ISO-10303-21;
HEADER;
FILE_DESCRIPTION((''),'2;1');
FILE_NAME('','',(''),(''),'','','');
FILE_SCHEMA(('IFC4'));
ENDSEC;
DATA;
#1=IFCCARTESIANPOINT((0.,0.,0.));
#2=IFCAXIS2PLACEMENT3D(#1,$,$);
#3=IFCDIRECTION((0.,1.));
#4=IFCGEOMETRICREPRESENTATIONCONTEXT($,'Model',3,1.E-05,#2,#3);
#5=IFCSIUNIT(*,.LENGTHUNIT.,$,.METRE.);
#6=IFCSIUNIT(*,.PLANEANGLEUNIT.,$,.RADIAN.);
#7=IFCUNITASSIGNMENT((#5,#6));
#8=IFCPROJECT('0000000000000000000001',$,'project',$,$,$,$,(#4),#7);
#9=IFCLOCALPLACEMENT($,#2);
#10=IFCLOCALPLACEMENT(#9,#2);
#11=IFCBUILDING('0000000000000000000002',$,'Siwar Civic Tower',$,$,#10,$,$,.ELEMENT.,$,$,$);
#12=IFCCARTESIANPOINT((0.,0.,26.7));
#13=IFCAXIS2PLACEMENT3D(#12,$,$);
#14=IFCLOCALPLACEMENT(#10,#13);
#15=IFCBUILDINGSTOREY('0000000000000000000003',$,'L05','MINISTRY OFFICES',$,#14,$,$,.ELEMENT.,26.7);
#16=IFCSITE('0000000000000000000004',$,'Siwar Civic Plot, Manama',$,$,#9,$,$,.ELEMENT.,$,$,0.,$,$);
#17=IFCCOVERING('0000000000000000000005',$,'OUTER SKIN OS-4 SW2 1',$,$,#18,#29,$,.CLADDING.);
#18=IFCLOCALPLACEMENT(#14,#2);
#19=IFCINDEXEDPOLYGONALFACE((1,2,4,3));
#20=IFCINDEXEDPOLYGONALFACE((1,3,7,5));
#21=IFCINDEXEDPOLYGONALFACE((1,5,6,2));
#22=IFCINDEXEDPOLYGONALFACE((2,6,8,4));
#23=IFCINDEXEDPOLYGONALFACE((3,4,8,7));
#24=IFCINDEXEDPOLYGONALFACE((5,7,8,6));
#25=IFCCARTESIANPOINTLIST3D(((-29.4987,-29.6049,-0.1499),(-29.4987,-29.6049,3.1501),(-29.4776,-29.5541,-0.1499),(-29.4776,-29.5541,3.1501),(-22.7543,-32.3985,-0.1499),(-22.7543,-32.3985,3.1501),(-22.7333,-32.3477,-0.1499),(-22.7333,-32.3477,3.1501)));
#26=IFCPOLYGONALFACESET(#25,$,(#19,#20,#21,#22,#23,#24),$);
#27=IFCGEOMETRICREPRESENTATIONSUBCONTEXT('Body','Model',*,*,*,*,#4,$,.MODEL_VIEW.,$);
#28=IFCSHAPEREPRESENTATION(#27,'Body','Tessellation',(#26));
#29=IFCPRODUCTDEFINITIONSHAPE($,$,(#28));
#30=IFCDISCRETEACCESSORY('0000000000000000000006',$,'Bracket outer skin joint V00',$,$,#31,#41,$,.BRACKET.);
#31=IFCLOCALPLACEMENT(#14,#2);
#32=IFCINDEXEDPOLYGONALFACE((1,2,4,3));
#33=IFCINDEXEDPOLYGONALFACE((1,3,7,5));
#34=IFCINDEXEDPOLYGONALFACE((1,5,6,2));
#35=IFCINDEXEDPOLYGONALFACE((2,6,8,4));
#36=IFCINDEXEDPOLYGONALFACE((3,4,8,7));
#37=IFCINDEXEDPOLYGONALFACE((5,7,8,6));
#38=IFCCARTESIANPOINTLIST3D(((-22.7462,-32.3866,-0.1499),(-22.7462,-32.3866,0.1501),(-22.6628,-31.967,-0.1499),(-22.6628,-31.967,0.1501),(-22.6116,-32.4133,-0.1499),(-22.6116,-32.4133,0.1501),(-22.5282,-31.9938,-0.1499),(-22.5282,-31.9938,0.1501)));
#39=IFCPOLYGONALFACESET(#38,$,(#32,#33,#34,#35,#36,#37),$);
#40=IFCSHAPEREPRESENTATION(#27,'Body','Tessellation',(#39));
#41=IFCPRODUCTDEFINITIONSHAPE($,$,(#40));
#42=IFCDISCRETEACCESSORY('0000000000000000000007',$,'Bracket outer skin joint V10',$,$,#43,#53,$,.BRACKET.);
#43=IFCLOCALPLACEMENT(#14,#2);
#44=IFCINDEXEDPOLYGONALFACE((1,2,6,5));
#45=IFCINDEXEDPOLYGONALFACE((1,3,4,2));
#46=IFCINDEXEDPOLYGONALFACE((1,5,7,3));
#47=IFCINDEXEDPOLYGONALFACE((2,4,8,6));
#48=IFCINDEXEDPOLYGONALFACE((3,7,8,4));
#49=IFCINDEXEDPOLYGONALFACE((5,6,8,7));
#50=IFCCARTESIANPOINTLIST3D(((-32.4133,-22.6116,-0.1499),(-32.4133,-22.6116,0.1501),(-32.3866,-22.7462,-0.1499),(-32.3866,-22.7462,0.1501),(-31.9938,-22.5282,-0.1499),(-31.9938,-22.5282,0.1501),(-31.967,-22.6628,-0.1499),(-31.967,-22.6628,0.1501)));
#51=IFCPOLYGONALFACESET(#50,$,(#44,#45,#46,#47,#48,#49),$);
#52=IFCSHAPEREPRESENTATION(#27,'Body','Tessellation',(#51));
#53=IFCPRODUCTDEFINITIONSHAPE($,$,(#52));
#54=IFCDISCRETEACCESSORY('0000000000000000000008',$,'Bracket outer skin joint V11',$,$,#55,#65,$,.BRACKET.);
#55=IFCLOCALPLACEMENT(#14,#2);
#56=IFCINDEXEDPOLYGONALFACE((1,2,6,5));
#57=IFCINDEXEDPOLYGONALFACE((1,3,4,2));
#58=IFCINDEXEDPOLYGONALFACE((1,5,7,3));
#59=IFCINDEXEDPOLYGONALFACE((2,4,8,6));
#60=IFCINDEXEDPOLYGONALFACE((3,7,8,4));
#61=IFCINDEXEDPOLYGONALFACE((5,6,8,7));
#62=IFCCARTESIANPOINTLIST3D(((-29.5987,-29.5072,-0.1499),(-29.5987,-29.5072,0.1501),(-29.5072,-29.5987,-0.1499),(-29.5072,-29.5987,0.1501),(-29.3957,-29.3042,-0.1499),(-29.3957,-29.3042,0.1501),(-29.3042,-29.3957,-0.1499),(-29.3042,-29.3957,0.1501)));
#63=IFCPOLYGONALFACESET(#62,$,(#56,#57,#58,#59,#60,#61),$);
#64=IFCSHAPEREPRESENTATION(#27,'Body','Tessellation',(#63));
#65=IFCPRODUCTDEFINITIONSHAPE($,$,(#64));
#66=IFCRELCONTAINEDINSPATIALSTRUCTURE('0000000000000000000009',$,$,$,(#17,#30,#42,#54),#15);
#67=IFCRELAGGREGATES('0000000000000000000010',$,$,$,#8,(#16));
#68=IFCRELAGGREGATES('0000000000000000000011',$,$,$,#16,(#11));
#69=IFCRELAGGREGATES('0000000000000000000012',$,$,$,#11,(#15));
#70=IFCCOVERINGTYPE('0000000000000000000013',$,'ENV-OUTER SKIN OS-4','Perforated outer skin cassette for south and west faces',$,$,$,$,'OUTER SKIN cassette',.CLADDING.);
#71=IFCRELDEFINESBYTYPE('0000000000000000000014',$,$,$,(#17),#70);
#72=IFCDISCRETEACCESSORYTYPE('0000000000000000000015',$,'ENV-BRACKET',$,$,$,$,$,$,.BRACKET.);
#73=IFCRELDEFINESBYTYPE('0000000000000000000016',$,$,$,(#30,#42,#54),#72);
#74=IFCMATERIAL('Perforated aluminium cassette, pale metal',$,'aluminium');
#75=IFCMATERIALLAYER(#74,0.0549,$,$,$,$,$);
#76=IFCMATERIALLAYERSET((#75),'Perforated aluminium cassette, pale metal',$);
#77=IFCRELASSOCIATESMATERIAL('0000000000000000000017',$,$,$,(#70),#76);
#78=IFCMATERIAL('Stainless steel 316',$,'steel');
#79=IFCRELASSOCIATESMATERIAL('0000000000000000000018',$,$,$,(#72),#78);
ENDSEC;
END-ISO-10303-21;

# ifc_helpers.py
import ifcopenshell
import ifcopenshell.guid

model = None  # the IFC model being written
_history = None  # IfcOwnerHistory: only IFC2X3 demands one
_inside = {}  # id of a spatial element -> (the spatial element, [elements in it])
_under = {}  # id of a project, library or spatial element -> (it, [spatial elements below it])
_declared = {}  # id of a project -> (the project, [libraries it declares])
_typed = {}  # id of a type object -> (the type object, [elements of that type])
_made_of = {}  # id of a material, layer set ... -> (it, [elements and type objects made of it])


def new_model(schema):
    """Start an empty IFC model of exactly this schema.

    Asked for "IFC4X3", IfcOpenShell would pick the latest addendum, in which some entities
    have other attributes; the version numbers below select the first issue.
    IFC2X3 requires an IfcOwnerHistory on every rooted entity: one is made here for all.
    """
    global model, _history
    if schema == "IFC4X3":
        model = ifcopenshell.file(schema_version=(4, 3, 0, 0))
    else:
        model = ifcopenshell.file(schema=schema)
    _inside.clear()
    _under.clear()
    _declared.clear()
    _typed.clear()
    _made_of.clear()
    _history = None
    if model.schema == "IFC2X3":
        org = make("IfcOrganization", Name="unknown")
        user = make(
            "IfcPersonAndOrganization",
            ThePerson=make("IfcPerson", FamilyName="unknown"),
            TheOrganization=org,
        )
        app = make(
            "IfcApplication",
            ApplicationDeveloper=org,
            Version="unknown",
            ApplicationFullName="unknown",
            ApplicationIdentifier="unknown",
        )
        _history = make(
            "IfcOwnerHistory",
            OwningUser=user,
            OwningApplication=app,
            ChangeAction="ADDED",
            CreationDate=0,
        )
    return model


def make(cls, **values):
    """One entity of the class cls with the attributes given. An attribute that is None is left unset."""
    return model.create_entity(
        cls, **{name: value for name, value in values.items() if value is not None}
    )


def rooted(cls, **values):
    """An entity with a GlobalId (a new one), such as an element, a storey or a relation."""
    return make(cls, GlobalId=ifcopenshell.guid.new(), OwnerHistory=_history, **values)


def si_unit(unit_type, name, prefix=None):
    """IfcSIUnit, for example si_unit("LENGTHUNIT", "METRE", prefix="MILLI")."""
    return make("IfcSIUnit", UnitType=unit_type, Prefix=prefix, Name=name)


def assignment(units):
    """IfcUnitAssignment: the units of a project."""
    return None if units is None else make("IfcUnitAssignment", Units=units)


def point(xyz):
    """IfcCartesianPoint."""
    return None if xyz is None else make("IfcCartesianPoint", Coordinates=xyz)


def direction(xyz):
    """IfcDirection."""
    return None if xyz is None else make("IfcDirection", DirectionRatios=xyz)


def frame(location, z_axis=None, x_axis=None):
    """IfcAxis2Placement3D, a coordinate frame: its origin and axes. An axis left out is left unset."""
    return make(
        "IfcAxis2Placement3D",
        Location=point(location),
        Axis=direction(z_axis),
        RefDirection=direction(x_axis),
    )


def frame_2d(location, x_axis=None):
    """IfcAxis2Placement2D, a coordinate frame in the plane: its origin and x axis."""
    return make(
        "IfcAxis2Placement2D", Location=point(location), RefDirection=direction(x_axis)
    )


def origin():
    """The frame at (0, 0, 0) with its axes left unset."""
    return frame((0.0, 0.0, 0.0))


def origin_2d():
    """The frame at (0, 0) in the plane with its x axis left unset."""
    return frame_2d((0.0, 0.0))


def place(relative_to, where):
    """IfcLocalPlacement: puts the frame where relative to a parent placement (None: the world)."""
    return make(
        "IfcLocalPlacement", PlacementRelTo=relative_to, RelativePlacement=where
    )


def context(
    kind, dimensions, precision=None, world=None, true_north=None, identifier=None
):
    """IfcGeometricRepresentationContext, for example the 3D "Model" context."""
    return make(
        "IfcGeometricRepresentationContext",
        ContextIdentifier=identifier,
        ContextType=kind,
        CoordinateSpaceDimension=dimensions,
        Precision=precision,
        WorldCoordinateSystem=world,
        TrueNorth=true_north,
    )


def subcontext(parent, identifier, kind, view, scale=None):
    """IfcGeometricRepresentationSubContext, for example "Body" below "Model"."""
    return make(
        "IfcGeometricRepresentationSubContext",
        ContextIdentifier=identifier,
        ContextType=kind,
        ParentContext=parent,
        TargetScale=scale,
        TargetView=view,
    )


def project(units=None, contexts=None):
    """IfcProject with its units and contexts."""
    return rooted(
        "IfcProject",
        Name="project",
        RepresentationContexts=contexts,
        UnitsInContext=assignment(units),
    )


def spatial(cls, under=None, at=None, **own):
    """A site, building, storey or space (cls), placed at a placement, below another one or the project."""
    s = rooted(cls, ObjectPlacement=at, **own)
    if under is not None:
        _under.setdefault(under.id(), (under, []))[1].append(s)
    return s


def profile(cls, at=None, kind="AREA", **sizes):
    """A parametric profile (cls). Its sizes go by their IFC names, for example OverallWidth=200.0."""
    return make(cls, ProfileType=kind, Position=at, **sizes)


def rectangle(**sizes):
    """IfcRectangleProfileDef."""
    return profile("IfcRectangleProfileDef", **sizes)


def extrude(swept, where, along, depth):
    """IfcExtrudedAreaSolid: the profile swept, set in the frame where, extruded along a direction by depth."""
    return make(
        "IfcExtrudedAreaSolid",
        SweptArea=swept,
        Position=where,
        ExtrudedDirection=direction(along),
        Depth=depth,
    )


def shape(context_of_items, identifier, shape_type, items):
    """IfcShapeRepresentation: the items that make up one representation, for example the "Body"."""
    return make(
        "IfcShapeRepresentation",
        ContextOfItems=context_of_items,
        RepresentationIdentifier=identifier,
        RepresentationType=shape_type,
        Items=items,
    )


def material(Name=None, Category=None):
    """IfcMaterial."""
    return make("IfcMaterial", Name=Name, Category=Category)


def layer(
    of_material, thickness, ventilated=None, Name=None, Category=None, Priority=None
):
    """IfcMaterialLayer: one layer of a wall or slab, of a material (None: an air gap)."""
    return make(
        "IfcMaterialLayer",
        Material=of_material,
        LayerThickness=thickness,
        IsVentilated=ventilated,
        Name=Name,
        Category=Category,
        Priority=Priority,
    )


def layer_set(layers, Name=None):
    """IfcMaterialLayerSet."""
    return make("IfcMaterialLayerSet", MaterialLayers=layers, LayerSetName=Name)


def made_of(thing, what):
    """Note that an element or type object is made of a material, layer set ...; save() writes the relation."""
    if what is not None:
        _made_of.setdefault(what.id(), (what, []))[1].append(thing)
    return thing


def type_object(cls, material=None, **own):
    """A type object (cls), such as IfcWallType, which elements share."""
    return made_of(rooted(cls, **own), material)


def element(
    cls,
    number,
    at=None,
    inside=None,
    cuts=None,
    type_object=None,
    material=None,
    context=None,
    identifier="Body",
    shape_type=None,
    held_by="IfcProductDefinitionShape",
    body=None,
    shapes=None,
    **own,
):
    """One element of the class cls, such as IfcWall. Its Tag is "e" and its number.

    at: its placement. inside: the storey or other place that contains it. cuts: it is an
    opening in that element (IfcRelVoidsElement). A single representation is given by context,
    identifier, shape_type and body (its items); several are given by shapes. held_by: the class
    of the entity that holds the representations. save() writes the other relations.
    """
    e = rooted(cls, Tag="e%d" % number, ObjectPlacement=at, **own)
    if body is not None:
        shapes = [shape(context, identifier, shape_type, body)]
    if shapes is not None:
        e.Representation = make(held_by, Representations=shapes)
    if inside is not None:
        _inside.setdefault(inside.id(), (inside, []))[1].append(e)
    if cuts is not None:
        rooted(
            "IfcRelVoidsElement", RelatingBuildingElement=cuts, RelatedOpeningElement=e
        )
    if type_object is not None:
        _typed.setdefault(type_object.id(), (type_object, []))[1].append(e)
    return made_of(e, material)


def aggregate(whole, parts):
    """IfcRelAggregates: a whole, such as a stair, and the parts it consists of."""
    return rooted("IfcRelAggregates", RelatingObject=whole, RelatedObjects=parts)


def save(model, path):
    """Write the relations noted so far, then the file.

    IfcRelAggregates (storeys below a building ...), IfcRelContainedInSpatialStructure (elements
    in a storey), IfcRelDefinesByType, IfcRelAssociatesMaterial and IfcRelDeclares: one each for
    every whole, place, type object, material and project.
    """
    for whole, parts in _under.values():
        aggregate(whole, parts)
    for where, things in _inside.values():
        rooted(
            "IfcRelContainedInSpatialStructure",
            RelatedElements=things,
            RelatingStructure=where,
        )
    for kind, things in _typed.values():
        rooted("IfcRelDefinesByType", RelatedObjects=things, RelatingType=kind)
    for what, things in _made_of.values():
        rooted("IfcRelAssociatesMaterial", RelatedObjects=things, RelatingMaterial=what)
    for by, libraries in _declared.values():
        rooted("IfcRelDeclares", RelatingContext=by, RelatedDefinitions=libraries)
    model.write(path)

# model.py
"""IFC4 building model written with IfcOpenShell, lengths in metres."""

from ifc_helpers import new_model, si_unit, direction, frame, origin, origin_2d, place, context, subcontext, project, spatial, rectangle, extrude, material, layer, layer_set, type_object, element, save


model = new_model("IFC4")

# Units and contexts
model_context = context("Model", 3, precision=1e-05, world=origin(), true_north=direction((0.0, 1.0)))
body_context = subcontext(model_context, "Body", "Model", "MODEL_VIEW")
ifc_project = project(units=[si_unit("LENGTHUNIT", "METRE"), si_unit("PLANEANGLEUNIT", "RADIAN")], contexts=[model_context])

# Site, building, storey
site_placement = place(None, origin())
site = spatial("IfcSite", under=ifc_project, at=site_placement, Name="Siwar Civic Plot, Manama", CompositionType="ELEMENT", RefElevation=0.0)
building_placement = place(site_placement, origin())
building = spatial("IfcBuilding", under=site, at=building_placement, Name="Siwar Civic Tower", CompositionType="ELEMENT")
storey_placement = place(building_placement, frame((0.0, 0.0, 26.7)))
storey = spatial("IfcBuildingStorey", under=building, at=storey_placement, Name="L05", Description="MINISTRY OFFICES", CompositionType="ELEMENT", Elevation=26.7)

# Covering
ifc_material_1 = material(Name="Perforated aluminium cassette, pale metal", Category="aluminium")
ifc_layer_1 = layer(ifc_material_1, 0.0549)
ifc_layer_set_1 = layer_set([ifc_layer_1], Name="Perforated aluminium cassette, pale metal")
covering_type = type_object("IfcCoveringType", Name="ENV-OUTER SKIN OS-4", Description="Perforated outer skin cassette for south and west faces", ElementType="OUTER SKIN cassette", PredefinedType="CLADDING", material=ifc_layer_set_1)
for number, where, z_axis, x_axis, name in (
    (1, (-26.116, -30.9763, -0.1499), (0.0, 0.0, 1.0), (0.92388, -0.382683, 0.0), "OUTER SKIN OS-4 SW2 1"),
):
    element("IfcCovering", number, at=place(storey_placement, frame(where, z_axis=z_axis, x_axis=x_axis)), inside=storey, type_object=covering_type, Name=name, PredefinedType="CLADDING", context=body_context, shape_type="SweptSolid", body=[
        extrude(rectangle(XDim=7.3, YDim=0.0549, at=origin_2d()), origin(), (0.0, 0.0, 1.0), 3.3),
    ])

# Discrete accessories
ifc_material_2 = material(Name="Stainless steel 316", Category="steel")
discrete_accessory_type = type_object("IfcDiscreteAccessoryType", Name="ENV-BRACKET", PredefinedType="BRACKET", material=ifc_material_2)
for number, where, z_axis, x_axis, name in (
    (2, (-22.6372, -32.1902, -0.1499), (0.0, 0.0, 1.0), (-0.19509, -0.980785, 0.0), "Bracket outer skin joint V00"),
    (3, (-32.1902, -22.6372, -0.1499), (0.0, 0.0, 1.0), (-0.980785, -0.19509, 0.0), "Bracket outer skin joint V10"),
):
    element("IfcDiscreteAccessory", number, at=place(storey_placement, frame(where, z_axis=z_axis, x_axis=x_axis)), inside=storey, type_object=discrete_accessory_type, Name=name, PredefinedType="BRACKET", context=body_context, shape_type="SweptSolid", body=[
        extrude(rectangle(XDim=0.4277, YDim=0.1372, at=origin_2d()), origin(), (0.0, 0.0, 1.0), 0.3),
    ])
discrete_accessory_placement = place(storey_placement, frame((-29.4514, -29.4514, -0.1499), z_axis=(0.0, 0.0, 1.0), x_axis=(-0.707107, -0.707107, 0.0)))
element("IfcDiscreteAccessory", 4, at=discrete_accessory_placement, inside=storey, type_object=discrete_accessory_type, Name="Bracket outer skin joint V11", PredefinedType="BRACKET", context=body_context, shape_type="SweptSolid", body=[
    extrude(rectangle(XDim=0.2871, YDim=0.1294, at=origin_2d()), origin(), (0.0, 0.0, 1.0), 0.3),
])

save(model, "model.ifc")
